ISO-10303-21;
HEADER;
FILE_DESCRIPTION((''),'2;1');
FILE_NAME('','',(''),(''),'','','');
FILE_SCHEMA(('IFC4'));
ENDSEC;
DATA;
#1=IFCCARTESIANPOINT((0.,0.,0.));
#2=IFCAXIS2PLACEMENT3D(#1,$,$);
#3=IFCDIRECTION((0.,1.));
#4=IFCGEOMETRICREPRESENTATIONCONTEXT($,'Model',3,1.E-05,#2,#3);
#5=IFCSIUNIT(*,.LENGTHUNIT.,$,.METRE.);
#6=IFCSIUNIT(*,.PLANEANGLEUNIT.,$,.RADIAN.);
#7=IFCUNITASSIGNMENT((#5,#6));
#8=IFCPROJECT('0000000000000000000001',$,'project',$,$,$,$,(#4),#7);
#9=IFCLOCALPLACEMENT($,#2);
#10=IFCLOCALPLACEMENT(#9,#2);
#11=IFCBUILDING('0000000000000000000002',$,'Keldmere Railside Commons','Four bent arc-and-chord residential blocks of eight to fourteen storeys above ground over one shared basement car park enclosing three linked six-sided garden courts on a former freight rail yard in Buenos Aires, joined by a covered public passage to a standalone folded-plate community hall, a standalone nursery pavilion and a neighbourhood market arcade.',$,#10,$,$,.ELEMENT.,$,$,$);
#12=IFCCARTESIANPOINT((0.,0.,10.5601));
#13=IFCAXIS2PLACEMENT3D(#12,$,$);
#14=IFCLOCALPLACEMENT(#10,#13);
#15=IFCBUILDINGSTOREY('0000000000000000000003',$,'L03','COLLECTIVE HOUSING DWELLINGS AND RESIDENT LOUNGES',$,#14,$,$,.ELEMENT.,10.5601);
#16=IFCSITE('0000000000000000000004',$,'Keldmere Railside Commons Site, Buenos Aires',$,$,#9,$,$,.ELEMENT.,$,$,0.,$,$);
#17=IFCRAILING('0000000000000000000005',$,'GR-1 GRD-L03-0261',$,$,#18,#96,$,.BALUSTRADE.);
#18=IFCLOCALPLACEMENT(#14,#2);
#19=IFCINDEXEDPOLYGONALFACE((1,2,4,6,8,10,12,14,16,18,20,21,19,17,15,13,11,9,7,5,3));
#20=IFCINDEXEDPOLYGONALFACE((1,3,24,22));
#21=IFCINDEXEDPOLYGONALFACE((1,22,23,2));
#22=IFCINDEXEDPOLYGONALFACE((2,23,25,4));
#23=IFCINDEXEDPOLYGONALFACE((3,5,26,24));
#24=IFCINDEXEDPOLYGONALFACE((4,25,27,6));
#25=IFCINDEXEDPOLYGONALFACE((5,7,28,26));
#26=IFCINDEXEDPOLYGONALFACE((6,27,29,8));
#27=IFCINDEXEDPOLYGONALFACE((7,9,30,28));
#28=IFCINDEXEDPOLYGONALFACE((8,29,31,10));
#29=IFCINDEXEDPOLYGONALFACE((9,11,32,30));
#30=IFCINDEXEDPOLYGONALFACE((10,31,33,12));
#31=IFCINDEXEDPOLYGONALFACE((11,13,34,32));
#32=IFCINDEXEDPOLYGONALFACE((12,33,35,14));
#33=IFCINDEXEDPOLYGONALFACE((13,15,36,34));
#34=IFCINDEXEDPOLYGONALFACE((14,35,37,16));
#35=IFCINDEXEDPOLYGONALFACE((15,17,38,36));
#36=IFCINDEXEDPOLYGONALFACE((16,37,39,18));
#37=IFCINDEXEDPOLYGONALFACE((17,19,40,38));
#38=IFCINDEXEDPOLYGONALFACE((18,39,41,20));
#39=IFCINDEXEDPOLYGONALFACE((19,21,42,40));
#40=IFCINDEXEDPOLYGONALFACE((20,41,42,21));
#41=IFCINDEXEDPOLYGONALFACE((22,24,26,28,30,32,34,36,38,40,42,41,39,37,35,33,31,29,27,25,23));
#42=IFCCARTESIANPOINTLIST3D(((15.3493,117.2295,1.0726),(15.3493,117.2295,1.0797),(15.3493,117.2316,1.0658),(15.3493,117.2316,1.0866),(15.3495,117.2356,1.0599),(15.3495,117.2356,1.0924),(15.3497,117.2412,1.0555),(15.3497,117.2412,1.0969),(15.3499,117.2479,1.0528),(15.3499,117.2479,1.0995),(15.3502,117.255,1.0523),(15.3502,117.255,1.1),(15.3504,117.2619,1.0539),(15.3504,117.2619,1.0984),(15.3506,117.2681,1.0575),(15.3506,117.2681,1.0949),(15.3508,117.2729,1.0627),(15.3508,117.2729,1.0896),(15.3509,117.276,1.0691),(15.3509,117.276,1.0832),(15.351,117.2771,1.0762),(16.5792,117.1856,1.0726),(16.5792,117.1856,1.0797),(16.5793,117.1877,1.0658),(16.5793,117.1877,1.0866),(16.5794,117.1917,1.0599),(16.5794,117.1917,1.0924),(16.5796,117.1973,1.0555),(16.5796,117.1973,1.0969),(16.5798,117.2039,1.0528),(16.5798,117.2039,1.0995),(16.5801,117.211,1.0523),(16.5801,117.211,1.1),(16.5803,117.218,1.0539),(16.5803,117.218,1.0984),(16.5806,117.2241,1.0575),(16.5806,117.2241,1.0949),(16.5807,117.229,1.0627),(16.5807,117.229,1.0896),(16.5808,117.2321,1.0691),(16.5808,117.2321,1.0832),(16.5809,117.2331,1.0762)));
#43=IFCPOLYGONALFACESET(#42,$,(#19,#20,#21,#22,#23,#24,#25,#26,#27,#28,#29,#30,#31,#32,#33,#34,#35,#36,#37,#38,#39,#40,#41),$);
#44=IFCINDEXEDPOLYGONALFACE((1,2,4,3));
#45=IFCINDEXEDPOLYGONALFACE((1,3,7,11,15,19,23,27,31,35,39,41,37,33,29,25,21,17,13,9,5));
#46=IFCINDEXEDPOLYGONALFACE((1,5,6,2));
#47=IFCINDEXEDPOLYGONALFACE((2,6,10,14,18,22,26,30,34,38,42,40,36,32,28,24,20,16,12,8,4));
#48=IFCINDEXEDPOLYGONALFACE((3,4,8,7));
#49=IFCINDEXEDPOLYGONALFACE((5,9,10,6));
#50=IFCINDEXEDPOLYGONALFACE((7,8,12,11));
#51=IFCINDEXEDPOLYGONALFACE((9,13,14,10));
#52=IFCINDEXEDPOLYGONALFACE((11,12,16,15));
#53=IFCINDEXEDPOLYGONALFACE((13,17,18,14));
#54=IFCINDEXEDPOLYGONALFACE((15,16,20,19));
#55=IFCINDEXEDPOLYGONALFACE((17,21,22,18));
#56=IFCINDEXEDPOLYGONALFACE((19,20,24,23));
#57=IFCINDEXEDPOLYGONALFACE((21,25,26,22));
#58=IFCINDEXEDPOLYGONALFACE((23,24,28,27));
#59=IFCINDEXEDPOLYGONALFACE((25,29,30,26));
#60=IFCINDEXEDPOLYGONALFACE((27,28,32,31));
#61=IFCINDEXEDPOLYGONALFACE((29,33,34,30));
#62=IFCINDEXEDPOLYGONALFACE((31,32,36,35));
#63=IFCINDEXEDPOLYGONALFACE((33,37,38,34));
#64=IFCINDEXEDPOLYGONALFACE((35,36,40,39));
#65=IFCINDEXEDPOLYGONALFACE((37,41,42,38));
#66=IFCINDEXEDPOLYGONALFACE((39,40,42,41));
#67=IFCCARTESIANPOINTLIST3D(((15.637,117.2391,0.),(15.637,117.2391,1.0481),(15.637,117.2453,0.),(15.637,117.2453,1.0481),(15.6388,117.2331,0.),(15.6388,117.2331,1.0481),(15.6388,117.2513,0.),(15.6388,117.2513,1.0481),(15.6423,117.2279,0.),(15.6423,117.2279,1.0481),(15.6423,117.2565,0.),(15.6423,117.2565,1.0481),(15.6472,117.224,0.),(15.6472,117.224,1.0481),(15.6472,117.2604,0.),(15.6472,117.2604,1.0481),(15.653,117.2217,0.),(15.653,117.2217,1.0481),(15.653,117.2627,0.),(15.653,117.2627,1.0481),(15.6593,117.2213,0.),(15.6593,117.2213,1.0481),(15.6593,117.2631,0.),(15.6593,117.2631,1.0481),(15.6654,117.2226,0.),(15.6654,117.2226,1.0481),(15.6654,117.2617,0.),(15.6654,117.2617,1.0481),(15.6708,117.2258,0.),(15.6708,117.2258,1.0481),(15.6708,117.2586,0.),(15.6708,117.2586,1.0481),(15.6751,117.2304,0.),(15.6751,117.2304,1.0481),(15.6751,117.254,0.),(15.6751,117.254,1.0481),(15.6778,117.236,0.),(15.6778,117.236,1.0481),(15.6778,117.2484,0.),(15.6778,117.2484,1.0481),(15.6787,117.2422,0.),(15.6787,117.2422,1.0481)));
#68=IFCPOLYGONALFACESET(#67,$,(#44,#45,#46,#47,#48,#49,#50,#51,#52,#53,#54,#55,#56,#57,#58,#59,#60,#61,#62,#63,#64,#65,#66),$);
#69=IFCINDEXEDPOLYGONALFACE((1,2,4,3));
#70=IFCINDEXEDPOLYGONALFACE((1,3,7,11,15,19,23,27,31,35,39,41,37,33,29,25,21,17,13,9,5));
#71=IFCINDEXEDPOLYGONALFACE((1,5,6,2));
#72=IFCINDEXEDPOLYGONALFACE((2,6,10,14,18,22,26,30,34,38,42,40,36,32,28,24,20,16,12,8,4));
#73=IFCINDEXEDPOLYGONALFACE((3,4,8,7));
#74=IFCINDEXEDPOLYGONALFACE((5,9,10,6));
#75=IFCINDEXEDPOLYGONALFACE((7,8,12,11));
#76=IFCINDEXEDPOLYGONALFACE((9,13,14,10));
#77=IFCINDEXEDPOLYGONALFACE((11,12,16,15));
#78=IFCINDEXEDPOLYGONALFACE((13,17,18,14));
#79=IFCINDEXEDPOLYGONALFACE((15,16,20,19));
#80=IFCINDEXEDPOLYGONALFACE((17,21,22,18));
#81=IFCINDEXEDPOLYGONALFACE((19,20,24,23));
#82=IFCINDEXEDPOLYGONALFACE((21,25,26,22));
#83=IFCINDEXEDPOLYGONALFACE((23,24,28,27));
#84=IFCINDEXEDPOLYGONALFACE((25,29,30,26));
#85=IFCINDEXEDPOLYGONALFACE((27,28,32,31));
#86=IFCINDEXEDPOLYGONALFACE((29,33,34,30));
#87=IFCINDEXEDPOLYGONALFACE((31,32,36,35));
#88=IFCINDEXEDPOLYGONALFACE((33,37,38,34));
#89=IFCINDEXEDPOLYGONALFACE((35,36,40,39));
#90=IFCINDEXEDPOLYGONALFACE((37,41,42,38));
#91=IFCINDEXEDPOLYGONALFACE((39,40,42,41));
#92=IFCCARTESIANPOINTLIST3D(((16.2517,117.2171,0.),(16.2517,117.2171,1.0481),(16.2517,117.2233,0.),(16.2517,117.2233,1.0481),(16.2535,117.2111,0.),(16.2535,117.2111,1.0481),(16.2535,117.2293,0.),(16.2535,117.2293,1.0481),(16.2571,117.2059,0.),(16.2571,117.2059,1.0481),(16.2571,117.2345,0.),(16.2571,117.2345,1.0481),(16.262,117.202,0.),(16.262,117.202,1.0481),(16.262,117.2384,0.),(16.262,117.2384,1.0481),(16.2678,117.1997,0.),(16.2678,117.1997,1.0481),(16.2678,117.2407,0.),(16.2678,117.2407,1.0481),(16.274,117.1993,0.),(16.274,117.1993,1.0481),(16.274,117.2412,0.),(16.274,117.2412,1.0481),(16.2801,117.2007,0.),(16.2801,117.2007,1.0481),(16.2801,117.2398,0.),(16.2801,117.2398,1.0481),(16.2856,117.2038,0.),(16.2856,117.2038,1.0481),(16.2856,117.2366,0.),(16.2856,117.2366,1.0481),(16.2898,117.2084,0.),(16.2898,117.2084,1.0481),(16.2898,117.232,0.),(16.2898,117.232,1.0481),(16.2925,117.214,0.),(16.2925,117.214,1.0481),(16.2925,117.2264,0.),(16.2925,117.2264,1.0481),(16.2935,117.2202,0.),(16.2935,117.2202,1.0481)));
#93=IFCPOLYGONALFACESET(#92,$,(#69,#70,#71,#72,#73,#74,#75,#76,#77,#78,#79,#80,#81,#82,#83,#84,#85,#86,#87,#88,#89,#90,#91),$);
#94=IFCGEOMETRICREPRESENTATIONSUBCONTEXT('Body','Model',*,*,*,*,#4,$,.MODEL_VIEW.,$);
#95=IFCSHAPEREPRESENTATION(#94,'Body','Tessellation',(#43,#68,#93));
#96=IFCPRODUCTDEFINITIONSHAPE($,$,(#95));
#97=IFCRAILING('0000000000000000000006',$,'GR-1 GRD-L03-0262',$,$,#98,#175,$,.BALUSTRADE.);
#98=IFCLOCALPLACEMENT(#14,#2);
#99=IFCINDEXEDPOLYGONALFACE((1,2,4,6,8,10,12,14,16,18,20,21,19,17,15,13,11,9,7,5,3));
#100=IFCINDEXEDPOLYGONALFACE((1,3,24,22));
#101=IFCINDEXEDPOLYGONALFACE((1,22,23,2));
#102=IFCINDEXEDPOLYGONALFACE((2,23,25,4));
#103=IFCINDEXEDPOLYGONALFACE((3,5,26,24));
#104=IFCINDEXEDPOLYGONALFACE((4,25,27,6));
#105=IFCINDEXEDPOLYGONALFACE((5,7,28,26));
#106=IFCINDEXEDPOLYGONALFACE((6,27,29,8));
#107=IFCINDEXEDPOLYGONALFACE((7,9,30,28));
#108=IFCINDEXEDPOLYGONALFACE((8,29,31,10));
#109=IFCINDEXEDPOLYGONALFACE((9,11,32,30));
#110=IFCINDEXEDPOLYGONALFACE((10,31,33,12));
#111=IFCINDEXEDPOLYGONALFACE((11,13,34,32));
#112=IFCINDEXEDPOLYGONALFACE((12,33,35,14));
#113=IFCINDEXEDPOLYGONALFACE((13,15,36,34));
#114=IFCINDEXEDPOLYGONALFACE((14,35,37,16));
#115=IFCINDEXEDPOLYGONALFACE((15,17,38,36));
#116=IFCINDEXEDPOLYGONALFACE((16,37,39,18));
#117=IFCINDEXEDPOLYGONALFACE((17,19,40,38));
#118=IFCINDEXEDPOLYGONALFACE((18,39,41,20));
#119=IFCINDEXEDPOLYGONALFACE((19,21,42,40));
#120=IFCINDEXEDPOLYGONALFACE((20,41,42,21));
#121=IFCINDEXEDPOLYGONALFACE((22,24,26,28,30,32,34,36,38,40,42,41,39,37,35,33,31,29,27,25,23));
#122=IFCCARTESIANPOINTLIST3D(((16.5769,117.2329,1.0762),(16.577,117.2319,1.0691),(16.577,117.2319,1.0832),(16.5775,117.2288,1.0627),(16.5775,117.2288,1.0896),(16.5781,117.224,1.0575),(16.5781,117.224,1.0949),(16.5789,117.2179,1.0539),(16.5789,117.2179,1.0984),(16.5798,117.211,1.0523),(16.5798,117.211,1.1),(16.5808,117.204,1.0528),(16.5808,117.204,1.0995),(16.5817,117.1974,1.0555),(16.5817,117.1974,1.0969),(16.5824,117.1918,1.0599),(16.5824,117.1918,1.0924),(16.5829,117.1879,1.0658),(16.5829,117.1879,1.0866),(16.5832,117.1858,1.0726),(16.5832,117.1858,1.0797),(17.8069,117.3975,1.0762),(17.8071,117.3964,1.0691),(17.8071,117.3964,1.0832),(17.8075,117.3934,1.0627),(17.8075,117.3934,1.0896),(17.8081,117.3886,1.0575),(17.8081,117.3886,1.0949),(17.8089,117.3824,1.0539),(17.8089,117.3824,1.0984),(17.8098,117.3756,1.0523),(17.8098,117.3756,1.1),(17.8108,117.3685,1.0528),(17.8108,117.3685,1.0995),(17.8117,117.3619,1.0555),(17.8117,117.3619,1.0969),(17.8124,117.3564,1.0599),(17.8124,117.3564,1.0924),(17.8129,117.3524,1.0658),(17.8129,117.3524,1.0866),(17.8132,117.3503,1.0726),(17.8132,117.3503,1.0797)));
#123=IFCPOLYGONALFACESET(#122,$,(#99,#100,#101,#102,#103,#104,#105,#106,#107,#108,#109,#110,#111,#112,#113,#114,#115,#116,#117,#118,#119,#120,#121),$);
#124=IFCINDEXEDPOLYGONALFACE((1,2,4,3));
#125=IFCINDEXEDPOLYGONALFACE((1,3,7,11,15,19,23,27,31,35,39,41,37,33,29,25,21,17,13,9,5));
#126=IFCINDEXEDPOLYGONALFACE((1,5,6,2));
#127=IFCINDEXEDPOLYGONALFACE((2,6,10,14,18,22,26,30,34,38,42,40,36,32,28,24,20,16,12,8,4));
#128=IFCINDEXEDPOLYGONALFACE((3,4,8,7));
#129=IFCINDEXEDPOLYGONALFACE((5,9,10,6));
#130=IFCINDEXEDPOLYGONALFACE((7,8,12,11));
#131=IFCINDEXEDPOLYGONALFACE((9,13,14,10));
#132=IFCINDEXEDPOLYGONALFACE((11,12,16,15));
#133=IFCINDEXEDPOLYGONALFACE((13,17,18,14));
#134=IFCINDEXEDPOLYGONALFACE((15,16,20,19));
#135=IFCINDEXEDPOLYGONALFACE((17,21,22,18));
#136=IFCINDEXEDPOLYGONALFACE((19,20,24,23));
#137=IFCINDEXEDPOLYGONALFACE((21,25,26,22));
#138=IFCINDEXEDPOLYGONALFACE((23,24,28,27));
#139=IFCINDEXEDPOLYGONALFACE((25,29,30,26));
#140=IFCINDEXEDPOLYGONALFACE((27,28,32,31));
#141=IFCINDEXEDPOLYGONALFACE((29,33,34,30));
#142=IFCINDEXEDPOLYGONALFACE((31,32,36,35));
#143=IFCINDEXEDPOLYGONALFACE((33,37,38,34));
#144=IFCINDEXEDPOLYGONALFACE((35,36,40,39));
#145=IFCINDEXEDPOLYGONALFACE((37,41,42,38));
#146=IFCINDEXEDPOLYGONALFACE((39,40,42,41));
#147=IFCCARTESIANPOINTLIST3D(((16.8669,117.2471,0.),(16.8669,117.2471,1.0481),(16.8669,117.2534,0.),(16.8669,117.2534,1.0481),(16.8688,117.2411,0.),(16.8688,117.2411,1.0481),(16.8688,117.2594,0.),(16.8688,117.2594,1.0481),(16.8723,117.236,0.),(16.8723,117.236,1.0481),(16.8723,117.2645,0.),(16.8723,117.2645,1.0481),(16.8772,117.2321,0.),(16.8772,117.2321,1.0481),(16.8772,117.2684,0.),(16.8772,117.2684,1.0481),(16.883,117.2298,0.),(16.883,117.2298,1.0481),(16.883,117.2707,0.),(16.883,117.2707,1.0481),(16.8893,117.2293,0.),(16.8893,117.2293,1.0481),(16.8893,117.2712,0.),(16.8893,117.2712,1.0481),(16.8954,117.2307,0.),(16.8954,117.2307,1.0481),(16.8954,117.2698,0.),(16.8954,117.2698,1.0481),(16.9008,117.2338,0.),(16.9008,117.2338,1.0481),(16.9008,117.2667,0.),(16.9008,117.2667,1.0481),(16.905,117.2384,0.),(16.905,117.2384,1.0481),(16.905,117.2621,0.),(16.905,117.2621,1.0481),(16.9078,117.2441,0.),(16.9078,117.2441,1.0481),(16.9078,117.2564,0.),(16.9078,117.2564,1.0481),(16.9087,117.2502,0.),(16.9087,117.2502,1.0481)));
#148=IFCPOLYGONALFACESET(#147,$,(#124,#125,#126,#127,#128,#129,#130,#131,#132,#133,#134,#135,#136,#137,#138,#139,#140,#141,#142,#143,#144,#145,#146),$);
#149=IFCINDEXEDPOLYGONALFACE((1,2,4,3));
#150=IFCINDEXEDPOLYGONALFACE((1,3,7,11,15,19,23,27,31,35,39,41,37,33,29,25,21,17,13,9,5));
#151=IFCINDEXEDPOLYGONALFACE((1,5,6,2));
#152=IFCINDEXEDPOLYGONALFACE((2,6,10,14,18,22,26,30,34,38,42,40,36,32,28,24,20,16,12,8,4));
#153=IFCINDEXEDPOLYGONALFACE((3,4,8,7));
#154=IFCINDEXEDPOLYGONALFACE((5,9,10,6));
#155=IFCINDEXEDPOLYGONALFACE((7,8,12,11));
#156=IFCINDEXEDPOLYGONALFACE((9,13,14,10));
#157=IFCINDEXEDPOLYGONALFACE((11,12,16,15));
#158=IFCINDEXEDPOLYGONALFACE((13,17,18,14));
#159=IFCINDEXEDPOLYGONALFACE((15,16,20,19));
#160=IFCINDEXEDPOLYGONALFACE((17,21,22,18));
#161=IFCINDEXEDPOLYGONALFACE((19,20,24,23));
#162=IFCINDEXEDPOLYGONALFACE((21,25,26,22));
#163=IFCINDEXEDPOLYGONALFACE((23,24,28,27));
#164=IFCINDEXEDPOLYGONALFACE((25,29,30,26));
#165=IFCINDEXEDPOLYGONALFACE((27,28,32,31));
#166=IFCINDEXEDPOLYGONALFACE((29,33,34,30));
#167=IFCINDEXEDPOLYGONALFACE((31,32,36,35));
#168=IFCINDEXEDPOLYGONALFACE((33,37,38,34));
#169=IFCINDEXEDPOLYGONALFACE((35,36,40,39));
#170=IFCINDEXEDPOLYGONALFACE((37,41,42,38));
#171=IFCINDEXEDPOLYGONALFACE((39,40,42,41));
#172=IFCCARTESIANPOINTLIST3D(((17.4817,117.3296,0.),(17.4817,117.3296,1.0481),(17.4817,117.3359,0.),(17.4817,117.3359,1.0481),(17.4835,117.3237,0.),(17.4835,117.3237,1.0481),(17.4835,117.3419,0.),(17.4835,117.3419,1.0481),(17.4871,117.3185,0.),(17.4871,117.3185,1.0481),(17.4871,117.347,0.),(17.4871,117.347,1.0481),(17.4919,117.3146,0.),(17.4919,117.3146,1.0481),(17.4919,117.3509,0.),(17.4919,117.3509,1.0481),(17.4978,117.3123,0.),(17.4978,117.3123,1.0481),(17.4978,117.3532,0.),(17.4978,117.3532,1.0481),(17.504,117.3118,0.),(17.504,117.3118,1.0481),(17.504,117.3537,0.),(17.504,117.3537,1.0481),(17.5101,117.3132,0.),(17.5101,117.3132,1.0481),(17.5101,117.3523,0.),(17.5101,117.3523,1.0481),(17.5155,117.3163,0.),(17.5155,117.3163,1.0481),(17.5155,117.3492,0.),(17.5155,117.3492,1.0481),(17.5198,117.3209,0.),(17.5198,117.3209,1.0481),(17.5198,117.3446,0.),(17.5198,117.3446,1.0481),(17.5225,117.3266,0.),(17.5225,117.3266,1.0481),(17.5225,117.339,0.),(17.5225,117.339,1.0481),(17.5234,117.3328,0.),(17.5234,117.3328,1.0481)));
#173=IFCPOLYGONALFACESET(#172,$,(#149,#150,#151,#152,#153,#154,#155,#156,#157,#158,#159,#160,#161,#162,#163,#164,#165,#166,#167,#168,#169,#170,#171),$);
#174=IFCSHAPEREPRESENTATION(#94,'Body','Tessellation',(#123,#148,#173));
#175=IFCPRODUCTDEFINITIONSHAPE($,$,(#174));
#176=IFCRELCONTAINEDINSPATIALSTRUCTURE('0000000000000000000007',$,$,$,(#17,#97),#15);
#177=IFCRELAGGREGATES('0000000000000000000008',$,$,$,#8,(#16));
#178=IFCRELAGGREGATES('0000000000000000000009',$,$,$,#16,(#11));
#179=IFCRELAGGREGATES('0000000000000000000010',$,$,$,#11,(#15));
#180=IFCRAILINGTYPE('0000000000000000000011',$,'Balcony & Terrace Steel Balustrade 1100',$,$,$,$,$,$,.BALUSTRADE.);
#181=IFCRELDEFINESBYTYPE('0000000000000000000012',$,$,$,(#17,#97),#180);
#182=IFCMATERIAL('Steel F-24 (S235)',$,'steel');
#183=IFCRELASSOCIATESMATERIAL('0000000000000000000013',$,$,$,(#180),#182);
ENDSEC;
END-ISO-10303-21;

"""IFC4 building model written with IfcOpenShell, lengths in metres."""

from ifc_helpers import new_model, si_unit, direction, frame, origin, origin_2d, place, context, subcontext, project, spatial, circle, extrude, material, type_object, element, save


model = new_model("IFC4")

# Units and contexts
model_context = context("Model", 3, precision=1e-05, world=origin(), true_north=direction((0.0, 1.0)))
body_context = subcontext(model_context, "Body", "Model", "MODEL_VIEW")
ifc_project = project(units=[si_unit("LENGTHUNIT", "METRE"), si_unit("PLANEANGLEUNIT", "RADIAN")], contexts=[model_context])

# Site, building, storey
site_placement = place(None, origin())
site = spatial("IfcSite", under=ifc_project, at=site_placement, Name="Keldmere Railside Commons Site, Buenos Aires", CompositionType="ELEMENT", RefElevation=0.0)
building_placement = place(site_placement, origin())
building = spatial("IfcBuilding", under=site, at=building_placement, Name="Keldmere Railside Commons", Description="Four bent arc-and-chord residential blocks of eight to fourteen storeys above ground over one shared basement car park enclosing three linked six-sided garden courts on a former freight rail yard in Buenos Aires, joined by a covered public passage to a standalone folded-plate community hall, a standalone nursery pavilion and a neighbourhood market arcade.", CompositionType="ELEMENT")
storey_placement = place(building_placement, frame((0.0, 0.0, 10.5601)))
storey = spatial("IfcBuildingStorey", under=building, at=storey_placement, Name="L03", Description="COLLECTIVE HOUSING DWELLINGS AND RESIDENT LOUNGES", CompositionType="ELEMENT", Elevation=10.5601)

# Railings
ifc_material_1 = material(Name="Steel F-24 (S235)", Category="steel")
railing_type = type_object("IfcRailingType", Name="Balcony & Terrace Steel Balustrade 1100", PredefinedType="BALUSTRADE", material=ifc_material_1)
railing_1_placement = place(storey_placement, frame((15.3501, 117.2532, 0.0)))
element("IfcRailing", 1, at=railing_1_placement, inside=storey, type_object=railing_type, Name="GR-1 GRD-L03-0261", PredefinedType="BALUSTRADE", context=body_context, shape_type="SweptSolid", body=[
    extrude(circle(Radius=0.0239, at=origin_2d()), frame((0.0, 0.0, 1.0762), z_axis=(0.999362, -0.035706, 0.0), x_axis=(0.035706, 0.999362, 0.0)), (0.0, 0.0, 1.0), 1.2307),
    extrude(circle(Radius=0.021, at=origin_2d()), frame((0.3076, -0.011, 0.0)), (0.0, 0.0, 1.0), 1.0481),
    extrude(circle(Radius=0.021, at=origin_2d()), frame((0.9224, -0.033, 0.0)), (0.0, 0.0, 1.0), 1.0481),
])
railing_2_placement = place(storey_placement, frame((16.5801, 117.2092, 0.0)))
element("IfcRailing", 2, at=railing_2_placement, inside=storey, type_object=railing_type, Name="GR-1 GRD-L03-0262", PredefinedType="BALUSTRADE", context=body_context, shape_type="SweptSolid", body=[
    extrude(circle(Radius=0.0239, at=origin_2d()), frame((0.0, 0.0, 1.0762), z_axis=(0.991169, 0.132602, 0.0), x_axis=(-0.132602, 0.991169, 0.0)), (0.0, 0.0, 1.0), 1.241),
    extrude(circle(Radius=0.021, at=origin_2d()), frame((0.3076, 0.041, 0.0)), (0.0, 0.0, 1.0), 1.0481),
    extrude(circle(Radius=0.021, at=origin_2d()), frame((0.9224, 0.1235, 0.0)), (0.0, 0.0, 1.0), 1.0481),
])

save(model, "model.ifc")
